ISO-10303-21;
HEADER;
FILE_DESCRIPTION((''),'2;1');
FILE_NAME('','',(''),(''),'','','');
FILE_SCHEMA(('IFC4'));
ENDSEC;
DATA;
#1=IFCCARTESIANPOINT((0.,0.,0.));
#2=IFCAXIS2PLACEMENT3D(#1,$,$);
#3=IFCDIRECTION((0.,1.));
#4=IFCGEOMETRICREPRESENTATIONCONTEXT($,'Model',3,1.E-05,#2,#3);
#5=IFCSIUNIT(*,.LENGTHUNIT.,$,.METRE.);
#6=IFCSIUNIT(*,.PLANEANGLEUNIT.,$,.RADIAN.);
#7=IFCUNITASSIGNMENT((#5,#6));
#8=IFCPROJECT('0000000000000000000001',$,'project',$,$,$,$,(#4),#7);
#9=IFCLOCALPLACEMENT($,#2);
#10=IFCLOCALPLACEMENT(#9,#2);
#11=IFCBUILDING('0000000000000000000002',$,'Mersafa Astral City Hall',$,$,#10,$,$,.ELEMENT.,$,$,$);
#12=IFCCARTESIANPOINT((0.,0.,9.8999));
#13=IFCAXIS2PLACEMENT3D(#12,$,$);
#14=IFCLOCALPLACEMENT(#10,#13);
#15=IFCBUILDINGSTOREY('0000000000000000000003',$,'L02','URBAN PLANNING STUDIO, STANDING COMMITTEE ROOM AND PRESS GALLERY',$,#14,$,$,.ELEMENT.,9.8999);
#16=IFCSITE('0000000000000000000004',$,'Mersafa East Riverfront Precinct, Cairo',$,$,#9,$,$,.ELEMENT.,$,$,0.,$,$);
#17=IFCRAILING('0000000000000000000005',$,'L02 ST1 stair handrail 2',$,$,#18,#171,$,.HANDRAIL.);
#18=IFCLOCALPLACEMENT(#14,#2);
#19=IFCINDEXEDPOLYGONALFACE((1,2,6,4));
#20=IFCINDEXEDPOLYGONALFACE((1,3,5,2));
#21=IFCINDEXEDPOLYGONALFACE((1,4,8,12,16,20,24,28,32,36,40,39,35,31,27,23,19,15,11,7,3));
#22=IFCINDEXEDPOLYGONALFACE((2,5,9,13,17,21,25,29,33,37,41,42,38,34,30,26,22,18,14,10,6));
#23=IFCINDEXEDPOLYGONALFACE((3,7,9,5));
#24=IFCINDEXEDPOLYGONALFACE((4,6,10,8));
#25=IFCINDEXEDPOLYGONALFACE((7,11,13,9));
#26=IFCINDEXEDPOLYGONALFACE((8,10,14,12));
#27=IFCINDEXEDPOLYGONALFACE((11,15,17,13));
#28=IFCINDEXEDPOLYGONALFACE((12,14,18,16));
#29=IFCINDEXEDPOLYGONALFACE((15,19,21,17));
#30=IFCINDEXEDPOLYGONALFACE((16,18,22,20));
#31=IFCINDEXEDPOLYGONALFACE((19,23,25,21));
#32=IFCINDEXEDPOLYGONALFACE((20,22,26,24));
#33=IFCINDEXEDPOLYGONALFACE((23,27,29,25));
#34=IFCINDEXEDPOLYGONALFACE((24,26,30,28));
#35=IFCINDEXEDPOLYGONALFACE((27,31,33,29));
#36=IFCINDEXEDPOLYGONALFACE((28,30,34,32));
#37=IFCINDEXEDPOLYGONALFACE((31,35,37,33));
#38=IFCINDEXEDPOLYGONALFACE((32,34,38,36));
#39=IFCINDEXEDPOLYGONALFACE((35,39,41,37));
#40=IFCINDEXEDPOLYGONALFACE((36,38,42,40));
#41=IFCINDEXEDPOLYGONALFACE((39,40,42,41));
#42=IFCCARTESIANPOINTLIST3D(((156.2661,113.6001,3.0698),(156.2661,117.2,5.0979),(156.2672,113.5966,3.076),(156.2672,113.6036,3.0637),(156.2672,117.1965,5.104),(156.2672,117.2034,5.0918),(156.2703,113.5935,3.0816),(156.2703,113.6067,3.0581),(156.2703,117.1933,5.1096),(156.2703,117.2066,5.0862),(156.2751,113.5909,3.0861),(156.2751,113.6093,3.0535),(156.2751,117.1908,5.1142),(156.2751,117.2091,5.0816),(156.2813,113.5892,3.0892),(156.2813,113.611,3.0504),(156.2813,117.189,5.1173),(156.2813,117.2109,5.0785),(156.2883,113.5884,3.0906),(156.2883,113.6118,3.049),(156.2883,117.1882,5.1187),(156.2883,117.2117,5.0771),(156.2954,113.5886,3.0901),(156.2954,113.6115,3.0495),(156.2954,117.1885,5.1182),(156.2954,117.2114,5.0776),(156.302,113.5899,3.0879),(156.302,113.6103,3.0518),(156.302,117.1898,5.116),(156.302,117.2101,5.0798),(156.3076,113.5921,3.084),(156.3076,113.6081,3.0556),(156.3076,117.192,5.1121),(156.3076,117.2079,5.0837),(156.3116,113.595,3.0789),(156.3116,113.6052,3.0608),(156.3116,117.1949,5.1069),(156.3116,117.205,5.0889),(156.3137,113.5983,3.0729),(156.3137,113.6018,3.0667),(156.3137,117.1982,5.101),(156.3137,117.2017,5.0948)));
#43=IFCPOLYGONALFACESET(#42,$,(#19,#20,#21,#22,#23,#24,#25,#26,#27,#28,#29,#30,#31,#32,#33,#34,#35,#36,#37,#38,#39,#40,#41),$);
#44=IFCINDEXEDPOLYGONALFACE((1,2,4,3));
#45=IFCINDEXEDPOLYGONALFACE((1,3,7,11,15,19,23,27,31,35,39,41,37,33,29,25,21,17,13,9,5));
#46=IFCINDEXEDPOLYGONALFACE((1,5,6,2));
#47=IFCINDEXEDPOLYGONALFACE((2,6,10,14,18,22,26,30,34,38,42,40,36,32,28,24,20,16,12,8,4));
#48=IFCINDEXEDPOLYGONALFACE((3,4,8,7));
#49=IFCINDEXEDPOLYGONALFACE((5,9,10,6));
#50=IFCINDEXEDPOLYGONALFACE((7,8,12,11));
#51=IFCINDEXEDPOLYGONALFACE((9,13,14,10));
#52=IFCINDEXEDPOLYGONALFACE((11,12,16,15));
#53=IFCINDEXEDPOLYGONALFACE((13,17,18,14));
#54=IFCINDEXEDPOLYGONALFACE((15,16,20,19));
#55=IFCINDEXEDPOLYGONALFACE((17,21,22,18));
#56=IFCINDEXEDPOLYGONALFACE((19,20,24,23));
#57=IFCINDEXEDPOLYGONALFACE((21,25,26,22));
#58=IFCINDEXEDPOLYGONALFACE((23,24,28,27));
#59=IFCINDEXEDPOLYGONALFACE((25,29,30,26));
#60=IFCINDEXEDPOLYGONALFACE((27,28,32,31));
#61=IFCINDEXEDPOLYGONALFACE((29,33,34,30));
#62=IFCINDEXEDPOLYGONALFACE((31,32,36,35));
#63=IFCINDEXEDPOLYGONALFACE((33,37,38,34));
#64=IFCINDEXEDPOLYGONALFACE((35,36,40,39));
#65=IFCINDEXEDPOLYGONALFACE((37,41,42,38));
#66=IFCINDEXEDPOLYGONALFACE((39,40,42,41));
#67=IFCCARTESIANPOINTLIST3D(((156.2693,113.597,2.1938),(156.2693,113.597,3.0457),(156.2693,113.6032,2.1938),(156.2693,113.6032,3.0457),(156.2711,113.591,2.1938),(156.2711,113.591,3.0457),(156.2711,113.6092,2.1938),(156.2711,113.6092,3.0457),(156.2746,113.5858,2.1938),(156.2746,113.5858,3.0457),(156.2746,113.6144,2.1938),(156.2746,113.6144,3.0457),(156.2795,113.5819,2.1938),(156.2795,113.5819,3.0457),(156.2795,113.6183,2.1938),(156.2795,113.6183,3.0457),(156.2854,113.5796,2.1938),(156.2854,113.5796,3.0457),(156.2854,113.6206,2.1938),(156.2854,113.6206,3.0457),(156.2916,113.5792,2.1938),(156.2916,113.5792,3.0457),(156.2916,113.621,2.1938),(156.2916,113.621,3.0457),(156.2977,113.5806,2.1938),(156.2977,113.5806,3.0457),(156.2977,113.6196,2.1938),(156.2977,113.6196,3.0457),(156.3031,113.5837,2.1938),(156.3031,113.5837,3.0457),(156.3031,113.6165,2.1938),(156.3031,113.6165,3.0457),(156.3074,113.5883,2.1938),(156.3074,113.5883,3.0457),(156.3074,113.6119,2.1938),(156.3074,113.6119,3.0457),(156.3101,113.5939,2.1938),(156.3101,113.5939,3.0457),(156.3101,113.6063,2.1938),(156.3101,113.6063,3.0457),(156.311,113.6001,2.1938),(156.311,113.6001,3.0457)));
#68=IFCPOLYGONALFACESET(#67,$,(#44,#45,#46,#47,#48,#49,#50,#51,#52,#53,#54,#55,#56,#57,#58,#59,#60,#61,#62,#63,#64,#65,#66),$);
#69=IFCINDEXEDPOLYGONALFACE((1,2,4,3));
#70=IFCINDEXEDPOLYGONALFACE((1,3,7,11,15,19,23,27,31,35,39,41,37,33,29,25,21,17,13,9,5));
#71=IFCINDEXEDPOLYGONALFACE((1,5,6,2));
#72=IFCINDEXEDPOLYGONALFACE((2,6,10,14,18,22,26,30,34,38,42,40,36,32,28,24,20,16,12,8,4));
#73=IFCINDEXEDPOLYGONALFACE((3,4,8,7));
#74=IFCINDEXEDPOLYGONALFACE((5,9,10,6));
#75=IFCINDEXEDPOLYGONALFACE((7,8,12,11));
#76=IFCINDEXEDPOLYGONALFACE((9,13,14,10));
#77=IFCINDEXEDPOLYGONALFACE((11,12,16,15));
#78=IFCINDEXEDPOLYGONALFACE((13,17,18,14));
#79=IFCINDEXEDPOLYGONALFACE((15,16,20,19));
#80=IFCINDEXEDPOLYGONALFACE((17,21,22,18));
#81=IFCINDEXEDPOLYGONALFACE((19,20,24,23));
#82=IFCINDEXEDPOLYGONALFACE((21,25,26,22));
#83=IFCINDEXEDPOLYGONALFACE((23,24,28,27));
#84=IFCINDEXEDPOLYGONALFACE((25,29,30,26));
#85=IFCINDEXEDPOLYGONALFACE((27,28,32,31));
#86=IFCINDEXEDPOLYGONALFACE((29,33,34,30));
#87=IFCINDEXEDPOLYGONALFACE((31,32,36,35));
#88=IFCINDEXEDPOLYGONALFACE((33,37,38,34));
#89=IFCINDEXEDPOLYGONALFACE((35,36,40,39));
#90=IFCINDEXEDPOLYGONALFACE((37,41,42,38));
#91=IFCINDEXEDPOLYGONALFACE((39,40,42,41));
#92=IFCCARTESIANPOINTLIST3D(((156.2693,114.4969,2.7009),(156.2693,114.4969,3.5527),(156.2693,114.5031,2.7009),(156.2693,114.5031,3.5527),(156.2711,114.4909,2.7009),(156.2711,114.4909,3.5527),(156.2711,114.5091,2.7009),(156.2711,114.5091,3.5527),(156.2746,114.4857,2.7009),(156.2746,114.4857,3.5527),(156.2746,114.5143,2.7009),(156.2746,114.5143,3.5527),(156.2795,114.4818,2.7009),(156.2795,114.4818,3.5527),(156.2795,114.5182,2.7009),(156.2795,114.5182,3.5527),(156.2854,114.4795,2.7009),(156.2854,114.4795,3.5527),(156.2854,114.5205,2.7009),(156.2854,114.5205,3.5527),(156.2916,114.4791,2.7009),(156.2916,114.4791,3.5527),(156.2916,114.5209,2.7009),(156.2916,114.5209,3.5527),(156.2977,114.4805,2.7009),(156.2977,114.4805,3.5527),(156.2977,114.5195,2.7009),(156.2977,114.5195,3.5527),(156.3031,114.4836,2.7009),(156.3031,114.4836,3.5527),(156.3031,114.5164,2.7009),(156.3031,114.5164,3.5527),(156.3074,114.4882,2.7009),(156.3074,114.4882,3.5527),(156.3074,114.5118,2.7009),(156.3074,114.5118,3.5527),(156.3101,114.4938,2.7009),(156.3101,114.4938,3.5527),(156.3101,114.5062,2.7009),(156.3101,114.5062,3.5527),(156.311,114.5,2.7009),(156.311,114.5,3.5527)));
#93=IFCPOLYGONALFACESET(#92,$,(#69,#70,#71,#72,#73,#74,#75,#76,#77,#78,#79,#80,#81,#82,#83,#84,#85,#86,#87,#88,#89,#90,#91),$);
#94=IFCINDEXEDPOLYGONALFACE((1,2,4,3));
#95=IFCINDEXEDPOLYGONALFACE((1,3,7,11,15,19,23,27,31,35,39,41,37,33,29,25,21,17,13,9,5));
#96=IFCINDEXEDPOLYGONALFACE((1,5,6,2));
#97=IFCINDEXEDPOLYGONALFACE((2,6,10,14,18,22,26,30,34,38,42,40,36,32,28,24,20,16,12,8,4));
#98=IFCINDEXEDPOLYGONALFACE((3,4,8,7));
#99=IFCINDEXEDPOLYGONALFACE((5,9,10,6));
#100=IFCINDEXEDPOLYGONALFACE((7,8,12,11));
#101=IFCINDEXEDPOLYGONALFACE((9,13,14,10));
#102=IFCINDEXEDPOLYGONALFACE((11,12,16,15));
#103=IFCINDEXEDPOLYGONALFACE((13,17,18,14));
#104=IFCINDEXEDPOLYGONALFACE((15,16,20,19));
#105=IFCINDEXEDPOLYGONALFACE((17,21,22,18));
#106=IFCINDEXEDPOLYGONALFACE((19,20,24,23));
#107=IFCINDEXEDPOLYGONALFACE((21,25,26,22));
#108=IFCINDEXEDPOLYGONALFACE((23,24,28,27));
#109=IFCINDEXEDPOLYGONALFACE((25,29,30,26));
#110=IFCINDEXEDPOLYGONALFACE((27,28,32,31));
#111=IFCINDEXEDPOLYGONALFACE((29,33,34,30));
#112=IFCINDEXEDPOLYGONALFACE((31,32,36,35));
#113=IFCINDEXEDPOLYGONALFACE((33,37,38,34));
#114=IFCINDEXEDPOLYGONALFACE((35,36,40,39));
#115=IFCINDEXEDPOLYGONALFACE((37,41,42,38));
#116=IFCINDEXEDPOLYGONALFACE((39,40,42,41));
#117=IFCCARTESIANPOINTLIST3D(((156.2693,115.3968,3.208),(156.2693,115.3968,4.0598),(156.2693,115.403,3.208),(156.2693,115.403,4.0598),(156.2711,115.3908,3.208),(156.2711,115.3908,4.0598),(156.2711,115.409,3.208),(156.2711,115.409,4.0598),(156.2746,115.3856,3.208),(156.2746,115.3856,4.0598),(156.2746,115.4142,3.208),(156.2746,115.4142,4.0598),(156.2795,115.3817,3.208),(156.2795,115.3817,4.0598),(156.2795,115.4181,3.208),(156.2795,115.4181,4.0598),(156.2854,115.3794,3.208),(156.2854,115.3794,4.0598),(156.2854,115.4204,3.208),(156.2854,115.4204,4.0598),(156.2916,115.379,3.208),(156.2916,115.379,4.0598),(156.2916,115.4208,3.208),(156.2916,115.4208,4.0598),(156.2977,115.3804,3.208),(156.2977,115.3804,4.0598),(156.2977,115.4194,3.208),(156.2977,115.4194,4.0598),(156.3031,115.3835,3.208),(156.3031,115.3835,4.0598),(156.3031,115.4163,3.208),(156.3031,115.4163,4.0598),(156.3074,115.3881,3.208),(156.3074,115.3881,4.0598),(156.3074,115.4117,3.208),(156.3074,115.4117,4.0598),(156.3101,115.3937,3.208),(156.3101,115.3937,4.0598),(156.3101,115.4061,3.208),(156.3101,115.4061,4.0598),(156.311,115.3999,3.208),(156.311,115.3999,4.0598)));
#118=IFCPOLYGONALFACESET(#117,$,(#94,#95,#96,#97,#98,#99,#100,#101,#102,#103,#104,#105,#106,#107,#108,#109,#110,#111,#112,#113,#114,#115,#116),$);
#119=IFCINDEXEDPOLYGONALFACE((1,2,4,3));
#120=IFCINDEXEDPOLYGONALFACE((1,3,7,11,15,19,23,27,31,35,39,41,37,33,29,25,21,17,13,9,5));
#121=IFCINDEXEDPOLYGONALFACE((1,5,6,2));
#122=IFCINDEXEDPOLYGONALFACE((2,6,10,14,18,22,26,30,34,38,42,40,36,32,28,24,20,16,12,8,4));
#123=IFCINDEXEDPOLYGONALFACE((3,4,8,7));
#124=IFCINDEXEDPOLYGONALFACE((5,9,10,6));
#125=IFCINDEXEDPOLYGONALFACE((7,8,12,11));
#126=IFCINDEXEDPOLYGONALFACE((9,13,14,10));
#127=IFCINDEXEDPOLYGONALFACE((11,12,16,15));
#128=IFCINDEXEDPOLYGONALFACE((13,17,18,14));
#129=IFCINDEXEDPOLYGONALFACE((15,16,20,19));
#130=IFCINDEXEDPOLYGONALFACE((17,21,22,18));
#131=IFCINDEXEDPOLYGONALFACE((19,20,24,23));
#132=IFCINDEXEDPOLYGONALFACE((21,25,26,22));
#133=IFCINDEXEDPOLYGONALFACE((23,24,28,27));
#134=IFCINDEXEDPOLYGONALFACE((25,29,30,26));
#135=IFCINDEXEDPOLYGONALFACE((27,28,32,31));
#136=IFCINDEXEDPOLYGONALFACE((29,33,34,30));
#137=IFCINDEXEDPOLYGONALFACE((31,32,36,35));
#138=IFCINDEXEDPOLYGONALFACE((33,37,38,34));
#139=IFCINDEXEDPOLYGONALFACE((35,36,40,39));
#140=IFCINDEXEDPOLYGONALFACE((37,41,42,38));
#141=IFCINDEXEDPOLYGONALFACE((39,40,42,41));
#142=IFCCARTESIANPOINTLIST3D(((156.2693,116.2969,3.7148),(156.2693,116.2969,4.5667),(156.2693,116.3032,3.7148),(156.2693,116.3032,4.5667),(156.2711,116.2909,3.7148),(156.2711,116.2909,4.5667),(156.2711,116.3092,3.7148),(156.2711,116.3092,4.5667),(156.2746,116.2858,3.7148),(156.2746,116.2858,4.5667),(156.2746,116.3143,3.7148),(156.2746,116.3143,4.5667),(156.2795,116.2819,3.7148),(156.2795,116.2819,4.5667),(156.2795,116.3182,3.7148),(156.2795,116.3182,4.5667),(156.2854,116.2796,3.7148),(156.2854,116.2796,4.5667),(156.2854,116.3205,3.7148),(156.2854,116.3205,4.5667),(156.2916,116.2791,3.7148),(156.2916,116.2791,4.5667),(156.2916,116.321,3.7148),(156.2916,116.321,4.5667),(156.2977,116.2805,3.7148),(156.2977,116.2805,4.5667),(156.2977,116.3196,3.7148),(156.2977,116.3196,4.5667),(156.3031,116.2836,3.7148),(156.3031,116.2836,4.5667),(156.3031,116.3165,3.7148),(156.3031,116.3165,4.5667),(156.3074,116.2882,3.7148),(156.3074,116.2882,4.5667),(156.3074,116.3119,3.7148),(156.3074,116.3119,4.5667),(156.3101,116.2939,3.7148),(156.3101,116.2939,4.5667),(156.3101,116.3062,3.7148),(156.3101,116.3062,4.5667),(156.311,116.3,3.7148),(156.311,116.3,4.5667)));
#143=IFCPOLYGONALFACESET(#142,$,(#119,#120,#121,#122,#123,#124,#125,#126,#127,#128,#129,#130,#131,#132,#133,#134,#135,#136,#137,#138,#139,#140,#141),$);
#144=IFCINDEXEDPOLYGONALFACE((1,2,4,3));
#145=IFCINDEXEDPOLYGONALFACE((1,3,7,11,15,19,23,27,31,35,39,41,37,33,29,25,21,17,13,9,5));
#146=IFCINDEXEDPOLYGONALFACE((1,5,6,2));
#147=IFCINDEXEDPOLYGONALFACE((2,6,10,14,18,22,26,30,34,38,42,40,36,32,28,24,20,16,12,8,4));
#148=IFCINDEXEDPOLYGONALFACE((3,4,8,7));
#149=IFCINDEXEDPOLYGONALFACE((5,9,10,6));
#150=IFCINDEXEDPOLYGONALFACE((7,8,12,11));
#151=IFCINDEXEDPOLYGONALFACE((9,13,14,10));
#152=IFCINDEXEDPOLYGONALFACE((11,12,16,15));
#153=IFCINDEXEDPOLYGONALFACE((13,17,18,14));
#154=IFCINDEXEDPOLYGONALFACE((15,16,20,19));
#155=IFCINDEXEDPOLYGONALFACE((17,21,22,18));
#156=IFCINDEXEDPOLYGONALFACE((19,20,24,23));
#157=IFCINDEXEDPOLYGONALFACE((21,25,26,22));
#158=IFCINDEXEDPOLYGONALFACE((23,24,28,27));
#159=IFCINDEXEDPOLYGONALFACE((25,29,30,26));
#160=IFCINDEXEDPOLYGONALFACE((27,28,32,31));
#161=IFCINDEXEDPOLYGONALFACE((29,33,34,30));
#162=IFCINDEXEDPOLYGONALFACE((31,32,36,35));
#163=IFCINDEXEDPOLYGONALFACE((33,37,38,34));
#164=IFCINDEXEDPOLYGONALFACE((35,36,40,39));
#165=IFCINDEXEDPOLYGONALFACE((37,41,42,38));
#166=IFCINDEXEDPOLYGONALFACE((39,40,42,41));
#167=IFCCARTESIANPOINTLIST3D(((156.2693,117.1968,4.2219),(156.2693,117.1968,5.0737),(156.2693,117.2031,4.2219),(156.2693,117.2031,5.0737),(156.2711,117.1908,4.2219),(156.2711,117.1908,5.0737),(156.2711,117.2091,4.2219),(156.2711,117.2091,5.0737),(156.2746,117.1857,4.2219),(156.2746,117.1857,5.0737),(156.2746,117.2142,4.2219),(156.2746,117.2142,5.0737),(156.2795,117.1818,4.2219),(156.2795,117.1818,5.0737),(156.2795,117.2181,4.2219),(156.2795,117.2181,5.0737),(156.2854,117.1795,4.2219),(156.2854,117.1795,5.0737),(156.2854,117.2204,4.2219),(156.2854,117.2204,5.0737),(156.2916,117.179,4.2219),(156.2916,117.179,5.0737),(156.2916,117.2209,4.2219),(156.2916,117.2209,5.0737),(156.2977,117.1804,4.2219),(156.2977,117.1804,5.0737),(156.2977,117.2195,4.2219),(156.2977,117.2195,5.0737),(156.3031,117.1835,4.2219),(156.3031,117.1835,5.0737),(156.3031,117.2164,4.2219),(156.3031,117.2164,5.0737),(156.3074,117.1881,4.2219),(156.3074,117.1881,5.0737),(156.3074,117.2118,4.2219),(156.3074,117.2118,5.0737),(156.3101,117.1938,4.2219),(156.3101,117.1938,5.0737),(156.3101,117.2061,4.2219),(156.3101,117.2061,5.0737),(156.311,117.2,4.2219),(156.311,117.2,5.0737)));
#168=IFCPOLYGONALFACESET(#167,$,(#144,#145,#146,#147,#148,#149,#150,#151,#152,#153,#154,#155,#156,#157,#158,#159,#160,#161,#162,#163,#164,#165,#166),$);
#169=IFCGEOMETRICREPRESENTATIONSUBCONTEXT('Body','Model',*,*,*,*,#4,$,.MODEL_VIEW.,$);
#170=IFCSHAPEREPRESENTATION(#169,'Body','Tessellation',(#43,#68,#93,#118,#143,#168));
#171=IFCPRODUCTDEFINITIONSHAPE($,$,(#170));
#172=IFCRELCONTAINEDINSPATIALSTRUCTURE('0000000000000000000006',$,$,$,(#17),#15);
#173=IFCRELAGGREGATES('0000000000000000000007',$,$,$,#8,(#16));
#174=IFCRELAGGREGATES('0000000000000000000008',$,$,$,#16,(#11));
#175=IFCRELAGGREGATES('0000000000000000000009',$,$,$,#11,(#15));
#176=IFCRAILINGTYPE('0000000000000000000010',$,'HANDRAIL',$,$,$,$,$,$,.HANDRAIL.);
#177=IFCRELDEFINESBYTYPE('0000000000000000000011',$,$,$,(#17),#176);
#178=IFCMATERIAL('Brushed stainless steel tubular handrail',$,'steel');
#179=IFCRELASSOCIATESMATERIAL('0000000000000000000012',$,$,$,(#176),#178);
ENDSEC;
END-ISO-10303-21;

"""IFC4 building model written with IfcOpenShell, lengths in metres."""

from ifc_helpers import new_model, si_unit, direction, frame, origin, origin_2d, place, context, subcontext, project, spatial, circle, extrude, material, type_object, element, save


model = new_model("IFC4")

# Units and contexts
model_context = context("Model", 3, precision=1e-05, world=origin(), true_north=direction((0.0, 1.0)))
body_context = subcontext(model_context, "Body", "Model", "MODEL_VIEW")
ifc_project = project(units=[si_unit("LENGTHUNIT", "METRE"), si_unit("PLANEANGLEUNIT", "RADIAN")], contexts=[model_context])

# Site, building, storey
site_placement = place(None, origin())
site = spatial("IfcSite", under=ifc_project, at=site_placement, Name="Mersafa East Riverfront Precinct, Cairo", CompositionType="ELEMENT", RefElevation=0.0)
building_placement = place(site_placement, origin())
building = spatial("IfcBuilding", under=site, at=building_placement, Name="Mersafa Astral City Hall", CompositionType="ELEMENT")
storey_placement = place(building_placement, frame((0.0, 0.0, 9.8999)))
storey = spatial("IfcBuildingStorey", under=building, at=storey_placement, Name="L02", Description="URBAN PLANNING STUDIO, STANDING COMMITTEE ROOM AND PRESS GALLERY", CompositionType="ELEMENT", Elevation=9.8999)

# Railing
ifc_material_1 = material(Name="Brushed stainless steel tubular handrail", Category="steel")
railing_type_1 = type_object("IfcRailingType", Name="HANDRAIL", PredefinedType="HANDRAIL", material=ifc_material_1)
railing_1_placement = place(storey_placement, frame((156.29, 113.6001, 2.1938)))
element("IfcRailing", 1, at=railing_1_placement, inside=storey, type_object=railing_type_1, Name="L02 ST1 stair handrail 2", PredefinedType="HANDRAIL", context=body_context, shape_type="SweptSolid", body=[
    extrude(circle(Radius=0.0239, at=origin_2d()), frame((0.0, 0.0, 0.876), z_axis=(0.0, 0.871249, 0.490842), x_axis=(-1.0, 0.0, 0.0)), (0.0, 0.0, 1.0), 4.1318),
    extrude(circle(Radius=0.021, at=origin_2d()), origin(), (0.0, 0.0, 1.0), 0.8518),
    extrude(circle(Radius=0.021, at=origin_2d()), frame((0.0, 0.8999, 0.5071)), (0.0, 0.0, 1.0), 0.8518),
    extrude(circle(Radius=0.021, at=origin_2d()), frame((0.0, 1.7998, 1.0142)), (0.0, 0.0, 1.0), 0.8518),
    extrude(circle(Radius=0.021, at=origin_2d()), frame((0.0, 2.7, 1.521)), (0.0, 0.0, 1.0), 0.8518),
    extrude(circle(Radius=0.021, at=origin_2d()), frame((0.0, 3.5999, 2.0281)), (0.0, 0.0, 1.0), 0.8518),
])

save(model, "model.ifc")
